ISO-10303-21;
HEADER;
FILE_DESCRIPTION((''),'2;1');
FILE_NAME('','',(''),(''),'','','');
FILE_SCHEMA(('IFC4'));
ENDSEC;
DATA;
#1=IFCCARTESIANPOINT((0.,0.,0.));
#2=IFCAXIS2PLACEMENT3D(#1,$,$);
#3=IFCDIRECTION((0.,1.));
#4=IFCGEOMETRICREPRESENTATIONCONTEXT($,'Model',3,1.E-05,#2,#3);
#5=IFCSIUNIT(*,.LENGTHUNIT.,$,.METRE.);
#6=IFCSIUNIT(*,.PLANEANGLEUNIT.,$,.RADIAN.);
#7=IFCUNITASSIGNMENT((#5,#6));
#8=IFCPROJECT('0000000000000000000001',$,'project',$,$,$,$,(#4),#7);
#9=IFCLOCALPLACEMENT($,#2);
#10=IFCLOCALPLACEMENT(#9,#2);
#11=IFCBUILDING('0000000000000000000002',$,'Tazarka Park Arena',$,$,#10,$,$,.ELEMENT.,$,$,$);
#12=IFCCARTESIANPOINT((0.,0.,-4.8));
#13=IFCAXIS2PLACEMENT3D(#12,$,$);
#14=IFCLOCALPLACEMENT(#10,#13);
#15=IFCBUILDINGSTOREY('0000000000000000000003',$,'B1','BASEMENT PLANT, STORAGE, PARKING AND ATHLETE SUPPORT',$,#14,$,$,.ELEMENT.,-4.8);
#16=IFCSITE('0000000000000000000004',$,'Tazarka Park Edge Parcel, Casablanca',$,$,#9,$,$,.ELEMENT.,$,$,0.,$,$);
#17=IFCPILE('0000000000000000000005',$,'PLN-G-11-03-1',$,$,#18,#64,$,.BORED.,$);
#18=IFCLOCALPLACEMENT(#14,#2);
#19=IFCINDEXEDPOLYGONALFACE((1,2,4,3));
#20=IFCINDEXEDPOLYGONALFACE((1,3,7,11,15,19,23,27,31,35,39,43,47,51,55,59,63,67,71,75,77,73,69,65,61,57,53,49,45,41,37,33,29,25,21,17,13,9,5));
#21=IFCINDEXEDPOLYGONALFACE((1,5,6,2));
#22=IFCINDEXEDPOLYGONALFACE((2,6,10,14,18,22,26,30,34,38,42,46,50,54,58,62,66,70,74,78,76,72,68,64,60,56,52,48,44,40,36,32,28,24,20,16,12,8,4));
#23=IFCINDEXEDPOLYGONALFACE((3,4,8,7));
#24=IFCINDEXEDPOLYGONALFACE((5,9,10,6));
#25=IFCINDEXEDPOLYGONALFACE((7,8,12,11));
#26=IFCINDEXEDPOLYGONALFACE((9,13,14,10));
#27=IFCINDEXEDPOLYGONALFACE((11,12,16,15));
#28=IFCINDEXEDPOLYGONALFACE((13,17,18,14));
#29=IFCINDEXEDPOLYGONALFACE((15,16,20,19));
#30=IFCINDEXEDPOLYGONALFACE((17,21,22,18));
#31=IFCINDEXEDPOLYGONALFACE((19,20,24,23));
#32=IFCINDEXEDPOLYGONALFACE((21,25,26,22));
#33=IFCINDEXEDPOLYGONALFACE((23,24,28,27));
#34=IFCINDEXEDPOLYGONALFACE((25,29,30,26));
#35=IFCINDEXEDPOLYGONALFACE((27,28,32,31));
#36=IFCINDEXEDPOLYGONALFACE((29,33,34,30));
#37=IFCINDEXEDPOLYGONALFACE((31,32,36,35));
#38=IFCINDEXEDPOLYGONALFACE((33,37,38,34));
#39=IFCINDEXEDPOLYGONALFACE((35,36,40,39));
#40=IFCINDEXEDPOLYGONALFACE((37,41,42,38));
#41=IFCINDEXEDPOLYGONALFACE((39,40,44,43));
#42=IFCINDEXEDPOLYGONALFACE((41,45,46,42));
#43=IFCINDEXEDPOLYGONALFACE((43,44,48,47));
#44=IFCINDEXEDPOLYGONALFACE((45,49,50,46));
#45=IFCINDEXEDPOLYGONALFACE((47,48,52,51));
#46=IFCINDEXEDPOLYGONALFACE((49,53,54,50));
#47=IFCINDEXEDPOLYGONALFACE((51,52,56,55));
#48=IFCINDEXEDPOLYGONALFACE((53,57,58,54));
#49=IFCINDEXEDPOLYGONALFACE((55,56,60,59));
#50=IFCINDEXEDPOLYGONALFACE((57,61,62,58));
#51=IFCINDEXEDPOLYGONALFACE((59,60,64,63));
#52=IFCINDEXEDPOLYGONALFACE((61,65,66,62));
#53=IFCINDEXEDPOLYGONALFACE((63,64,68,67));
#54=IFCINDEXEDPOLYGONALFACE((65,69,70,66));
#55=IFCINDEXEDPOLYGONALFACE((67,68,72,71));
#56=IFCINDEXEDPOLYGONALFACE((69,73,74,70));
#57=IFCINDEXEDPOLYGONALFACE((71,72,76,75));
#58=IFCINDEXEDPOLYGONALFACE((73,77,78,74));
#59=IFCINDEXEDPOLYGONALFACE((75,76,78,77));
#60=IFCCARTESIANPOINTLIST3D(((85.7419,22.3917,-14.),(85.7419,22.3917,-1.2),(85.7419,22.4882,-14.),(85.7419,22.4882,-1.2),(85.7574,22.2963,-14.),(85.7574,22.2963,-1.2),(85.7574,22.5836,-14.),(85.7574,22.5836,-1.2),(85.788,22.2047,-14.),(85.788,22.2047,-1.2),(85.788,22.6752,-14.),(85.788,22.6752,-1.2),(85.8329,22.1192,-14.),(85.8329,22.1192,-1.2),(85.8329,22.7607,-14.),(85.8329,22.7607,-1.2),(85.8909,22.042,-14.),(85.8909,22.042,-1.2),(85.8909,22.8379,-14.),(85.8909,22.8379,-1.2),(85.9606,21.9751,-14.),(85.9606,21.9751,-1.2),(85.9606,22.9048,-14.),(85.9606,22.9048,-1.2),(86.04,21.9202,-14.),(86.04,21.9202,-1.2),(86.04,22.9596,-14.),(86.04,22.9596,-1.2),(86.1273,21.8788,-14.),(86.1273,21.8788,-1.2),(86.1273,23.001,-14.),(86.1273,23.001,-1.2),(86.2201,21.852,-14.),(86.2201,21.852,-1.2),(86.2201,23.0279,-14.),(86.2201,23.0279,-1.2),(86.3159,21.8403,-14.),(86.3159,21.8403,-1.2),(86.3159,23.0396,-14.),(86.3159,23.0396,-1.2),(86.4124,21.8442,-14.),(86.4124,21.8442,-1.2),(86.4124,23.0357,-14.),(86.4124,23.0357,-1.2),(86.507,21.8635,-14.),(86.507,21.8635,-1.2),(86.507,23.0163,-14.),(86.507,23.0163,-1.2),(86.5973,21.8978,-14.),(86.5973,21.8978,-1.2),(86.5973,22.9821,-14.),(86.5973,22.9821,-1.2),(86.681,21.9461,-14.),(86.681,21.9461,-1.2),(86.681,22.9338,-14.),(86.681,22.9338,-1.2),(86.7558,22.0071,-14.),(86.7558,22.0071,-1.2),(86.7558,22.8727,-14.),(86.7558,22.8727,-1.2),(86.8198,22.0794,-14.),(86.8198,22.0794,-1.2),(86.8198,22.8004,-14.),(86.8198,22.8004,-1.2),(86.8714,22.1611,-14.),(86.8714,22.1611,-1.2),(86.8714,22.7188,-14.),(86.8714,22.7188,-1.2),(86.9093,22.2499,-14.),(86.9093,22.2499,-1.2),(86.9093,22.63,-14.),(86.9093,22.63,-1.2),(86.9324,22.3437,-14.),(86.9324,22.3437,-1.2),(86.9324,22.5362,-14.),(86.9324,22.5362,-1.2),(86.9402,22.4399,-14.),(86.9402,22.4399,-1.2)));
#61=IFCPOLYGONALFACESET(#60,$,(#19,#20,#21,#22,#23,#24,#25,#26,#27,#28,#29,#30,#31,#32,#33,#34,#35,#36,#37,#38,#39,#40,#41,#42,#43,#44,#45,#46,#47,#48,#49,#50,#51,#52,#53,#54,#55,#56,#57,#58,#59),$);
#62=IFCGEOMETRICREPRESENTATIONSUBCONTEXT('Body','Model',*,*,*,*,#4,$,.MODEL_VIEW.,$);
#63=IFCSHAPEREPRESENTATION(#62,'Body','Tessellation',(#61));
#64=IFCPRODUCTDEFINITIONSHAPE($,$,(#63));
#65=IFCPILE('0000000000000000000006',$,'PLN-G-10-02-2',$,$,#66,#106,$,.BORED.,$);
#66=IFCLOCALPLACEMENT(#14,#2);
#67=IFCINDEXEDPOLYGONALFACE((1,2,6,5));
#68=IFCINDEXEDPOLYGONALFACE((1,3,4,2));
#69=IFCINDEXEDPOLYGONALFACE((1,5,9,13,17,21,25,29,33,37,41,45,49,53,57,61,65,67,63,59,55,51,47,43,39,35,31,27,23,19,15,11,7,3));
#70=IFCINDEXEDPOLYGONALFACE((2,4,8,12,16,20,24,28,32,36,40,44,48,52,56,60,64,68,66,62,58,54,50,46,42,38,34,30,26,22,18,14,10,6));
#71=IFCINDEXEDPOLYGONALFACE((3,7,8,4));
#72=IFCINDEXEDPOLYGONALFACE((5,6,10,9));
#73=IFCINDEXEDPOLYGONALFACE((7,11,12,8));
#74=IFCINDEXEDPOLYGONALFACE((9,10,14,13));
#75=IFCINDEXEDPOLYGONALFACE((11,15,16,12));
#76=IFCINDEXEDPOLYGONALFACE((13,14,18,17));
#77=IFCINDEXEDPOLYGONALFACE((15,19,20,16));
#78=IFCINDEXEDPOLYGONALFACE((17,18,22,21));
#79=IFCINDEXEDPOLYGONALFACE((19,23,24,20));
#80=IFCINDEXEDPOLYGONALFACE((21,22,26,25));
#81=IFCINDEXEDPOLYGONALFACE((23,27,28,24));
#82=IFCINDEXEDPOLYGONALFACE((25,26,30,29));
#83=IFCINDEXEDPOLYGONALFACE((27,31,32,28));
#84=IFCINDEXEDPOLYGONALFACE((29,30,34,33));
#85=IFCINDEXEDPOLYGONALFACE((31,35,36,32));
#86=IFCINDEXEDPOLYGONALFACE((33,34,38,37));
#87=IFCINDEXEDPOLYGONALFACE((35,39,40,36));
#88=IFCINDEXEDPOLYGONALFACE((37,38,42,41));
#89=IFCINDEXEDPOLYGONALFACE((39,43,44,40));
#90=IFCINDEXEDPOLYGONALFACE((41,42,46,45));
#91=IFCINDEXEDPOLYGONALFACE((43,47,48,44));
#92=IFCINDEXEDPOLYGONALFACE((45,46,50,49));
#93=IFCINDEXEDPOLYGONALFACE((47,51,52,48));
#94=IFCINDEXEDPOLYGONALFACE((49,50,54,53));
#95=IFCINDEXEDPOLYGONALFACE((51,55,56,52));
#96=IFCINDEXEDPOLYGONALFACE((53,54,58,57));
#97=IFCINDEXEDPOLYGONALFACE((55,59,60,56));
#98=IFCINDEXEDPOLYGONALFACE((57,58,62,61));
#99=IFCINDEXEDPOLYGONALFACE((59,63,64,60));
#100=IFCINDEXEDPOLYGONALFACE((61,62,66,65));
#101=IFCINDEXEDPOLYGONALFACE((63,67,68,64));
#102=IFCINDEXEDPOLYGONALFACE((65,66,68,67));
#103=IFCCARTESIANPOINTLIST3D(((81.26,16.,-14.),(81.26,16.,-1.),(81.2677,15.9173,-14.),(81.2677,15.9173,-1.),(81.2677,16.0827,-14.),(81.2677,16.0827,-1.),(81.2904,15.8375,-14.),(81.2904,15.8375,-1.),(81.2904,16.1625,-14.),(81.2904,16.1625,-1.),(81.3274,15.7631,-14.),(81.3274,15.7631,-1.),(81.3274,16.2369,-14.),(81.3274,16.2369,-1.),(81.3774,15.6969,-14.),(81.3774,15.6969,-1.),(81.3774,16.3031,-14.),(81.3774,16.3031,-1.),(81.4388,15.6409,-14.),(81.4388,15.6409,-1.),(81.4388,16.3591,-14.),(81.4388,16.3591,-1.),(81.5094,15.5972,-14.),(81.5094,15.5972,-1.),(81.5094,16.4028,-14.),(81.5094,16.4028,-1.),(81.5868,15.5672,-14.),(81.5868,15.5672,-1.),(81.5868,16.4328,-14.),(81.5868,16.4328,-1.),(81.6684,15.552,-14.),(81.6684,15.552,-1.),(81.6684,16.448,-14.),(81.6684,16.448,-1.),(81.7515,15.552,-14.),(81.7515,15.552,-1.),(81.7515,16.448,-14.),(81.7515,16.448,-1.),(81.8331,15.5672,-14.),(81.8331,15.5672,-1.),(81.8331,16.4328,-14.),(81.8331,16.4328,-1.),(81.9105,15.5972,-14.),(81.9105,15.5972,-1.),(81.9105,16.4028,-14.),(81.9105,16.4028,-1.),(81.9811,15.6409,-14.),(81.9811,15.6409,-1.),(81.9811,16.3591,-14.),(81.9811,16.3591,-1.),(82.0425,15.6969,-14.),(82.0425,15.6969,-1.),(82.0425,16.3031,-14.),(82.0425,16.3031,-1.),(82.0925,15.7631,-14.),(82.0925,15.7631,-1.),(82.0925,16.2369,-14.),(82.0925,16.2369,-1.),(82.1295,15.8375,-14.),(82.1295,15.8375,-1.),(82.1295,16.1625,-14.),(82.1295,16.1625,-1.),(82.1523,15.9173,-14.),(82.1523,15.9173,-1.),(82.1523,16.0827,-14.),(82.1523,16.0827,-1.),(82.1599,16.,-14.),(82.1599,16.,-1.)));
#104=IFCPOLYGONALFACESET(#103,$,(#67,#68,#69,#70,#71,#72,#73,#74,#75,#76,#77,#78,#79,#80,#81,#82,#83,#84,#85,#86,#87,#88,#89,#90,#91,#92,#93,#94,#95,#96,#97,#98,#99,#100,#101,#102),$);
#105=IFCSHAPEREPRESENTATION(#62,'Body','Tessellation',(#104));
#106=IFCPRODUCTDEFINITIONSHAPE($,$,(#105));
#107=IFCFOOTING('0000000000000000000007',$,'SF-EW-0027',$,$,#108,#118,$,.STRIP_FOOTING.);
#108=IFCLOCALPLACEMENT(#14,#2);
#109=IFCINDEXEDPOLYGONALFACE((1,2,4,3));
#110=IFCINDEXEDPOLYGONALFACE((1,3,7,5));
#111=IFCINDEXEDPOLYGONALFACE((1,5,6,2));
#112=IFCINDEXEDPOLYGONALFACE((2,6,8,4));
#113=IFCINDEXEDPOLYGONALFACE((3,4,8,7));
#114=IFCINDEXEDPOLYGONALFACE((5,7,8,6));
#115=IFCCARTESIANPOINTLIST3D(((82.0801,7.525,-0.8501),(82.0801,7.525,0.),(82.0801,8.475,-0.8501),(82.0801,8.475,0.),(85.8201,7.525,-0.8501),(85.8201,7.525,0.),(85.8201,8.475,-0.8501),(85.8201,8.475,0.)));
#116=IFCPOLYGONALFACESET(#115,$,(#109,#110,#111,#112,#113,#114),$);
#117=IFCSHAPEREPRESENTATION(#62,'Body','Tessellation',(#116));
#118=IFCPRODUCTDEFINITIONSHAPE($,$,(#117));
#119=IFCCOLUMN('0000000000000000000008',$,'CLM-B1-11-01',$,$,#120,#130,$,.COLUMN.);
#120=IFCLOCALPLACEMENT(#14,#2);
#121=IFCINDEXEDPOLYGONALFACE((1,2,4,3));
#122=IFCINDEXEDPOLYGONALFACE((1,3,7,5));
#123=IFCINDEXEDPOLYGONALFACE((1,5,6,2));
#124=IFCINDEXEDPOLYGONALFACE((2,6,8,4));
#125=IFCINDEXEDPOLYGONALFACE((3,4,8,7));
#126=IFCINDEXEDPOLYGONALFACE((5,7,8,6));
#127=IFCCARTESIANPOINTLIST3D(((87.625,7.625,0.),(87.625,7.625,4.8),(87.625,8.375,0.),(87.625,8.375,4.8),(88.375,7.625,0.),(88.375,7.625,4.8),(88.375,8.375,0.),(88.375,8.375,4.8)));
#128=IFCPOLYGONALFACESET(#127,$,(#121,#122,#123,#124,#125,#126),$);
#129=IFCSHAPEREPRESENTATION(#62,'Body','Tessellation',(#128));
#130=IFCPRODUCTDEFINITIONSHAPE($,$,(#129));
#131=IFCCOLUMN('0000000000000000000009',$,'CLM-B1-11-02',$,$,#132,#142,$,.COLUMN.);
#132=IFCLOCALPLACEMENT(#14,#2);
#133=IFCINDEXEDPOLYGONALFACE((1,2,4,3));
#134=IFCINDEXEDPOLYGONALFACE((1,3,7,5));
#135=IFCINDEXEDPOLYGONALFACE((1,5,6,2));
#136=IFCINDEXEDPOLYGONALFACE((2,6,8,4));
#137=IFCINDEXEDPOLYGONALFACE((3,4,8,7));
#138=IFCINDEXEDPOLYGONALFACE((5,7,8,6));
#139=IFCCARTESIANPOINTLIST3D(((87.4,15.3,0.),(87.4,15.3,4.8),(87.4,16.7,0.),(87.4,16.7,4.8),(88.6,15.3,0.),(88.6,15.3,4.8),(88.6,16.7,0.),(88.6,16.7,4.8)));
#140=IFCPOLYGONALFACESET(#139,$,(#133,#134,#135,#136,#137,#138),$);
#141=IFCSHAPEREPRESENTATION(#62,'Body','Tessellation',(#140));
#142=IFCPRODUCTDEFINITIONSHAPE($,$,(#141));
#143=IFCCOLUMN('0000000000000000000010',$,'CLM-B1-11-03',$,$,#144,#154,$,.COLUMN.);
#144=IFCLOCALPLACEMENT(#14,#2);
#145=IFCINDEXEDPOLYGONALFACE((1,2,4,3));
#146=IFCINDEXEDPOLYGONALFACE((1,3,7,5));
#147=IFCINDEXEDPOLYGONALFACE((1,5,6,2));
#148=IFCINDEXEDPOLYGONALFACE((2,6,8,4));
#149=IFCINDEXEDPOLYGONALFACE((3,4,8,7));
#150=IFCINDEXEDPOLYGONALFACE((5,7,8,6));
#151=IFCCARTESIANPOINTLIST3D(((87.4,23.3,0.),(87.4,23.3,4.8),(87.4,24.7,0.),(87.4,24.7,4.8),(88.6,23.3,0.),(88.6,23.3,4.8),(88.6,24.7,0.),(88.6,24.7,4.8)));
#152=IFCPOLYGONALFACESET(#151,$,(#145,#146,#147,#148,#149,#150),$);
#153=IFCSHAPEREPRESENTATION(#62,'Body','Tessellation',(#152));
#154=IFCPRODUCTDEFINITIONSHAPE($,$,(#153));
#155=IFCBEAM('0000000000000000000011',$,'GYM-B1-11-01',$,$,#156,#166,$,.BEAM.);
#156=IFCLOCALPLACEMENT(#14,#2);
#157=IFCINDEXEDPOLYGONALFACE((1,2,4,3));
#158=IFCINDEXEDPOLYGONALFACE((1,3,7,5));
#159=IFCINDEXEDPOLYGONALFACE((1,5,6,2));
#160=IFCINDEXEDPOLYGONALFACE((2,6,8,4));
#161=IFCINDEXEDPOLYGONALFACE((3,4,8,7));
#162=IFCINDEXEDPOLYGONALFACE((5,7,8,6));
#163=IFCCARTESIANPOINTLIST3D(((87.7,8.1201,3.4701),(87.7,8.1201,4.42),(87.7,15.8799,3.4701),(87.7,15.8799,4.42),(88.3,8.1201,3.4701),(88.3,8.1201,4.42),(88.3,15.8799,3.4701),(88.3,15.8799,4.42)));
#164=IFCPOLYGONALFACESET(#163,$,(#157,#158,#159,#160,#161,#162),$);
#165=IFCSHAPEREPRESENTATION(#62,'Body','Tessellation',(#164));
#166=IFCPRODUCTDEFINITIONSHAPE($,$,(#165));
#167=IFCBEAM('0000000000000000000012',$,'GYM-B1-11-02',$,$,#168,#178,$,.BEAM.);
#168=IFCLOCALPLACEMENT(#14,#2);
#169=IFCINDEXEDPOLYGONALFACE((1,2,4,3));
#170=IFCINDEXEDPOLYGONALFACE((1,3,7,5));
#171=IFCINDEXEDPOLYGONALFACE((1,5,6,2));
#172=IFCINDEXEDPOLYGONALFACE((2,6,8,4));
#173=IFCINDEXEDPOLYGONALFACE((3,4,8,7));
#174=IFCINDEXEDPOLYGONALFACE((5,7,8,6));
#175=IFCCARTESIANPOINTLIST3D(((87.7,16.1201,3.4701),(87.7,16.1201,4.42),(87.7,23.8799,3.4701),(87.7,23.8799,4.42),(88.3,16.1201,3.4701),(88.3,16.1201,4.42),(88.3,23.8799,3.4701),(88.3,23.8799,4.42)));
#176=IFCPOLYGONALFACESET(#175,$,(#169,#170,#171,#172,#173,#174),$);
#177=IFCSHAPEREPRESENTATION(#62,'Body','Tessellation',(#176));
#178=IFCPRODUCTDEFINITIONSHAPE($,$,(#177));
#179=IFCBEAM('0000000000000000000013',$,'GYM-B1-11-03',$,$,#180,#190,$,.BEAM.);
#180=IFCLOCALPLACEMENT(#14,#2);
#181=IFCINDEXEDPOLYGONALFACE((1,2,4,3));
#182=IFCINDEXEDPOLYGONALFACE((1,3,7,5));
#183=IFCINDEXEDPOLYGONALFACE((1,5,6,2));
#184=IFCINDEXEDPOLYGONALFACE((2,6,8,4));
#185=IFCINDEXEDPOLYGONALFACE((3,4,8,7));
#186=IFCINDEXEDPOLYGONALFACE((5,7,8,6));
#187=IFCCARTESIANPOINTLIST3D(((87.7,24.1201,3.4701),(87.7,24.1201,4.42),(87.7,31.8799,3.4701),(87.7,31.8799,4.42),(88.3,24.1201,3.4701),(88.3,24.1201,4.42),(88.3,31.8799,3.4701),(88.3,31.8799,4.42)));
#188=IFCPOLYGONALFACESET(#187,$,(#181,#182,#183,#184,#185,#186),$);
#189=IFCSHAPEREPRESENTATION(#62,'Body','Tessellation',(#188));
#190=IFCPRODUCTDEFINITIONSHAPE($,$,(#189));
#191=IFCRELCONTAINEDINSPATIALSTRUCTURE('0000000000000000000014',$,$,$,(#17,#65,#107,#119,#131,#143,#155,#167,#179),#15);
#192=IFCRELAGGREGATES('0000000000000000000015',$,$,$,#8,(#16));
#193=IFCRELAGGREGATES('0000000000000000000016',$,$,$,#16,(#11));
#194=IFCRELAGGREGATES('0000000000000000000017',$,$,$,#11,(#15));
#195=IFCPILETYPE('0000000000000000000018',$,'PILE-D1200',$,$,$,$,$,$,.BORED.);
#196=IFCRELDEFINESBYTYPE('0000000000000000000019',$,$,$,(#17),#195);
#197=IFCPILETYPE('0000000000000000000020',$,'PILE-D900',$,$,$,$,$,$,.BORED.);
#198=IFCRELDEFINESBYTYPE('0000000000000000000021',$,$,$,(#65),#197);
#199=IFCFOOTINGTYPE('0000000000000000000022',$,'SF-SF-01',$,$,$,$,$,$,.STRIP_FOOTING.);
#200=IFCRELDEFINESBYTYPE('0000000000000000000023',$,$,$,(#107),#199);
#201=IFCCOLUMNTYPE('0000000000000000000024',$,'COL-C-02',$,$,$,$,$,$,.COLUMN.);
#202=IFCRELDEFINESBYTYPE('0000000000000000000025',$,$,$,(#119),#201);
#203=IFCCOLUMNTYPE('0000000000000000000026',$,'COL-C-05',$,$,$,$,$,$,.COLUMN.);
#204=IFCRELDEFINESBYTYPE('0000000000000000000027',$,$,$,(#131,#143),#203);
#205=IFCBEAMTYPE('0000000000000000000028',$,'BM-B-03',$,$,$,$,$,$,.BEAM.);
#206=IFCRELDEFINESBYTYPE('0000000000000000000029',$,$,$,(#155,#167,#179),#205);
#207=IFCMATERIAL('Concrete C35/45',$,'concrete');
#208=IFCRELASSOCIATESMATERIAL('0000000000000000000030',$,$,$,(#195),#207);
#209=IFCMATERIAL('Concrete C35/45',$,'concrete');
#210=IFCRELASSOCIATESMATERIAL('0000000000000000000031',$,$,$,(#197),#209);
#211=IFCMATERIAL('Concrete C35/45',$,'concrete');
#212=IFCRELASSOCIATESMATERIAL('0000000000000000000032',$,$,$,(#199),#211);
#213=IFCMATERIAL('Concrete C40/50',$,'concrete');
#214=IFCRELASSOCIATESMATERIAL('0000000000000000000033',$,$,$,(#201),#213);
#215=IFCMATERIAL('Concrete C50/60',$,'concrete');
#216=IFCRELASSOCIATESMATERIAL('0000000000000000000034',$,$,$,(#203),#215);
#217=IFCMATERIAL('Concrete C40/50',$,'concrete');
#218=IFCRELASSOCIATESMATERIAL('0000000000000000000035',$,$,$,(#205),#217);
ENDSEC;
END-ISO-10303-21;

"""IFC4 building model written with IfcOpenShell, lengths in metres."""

from ifc_helpers import new_model, si_unit, direction, frame, origin, origin_2d, place, context, subcontext, project, spatial, rectangle, circle, extrude, material, material_profile, profile_set, type_object, element, save


model = new_model("IFC4")

# Units and contexts
model_context = context("Model", 3, precision=1e-05, world=origin(), true_north=direction((0.0, 1.0)))
body_context = subcontext(model_context, "Body", "Model", "MODEL_VIEW")
ifc_project = project(units=[si_unit("LENGTHUNIT", "METRE"), si_unit("PLANEANGLEUNIT", "RADIAN")], contexts=[model_context])

# Site, building, storey
site_placement = place(None, origin())
site = spatial("IfcSite", under=ifc_project, at=site_placement, Name="Tazarka Park Edge Parcel, Casablanca", CompositionType="ELEMENT", RefElevation=0.0)
building_placement = place(site_placement, origin())
building = spatial("IfcBuilding", under=site, at=building_placement, Name="Tazarka Park Arena", CompositionType="ELEMENT")
storey_placement = place(building_placement, frame((0.0, 0.0, -4.8)))
storey = spatial("IfcBuildingStorey", under=building, at=storey_placement, Name="B1", Description="BASEMENT PLANT, STORAGE, PARKING AND ATHLETE SUPPORT", CompositionType="ELEMENT", Elevation=-4.8)

# Piles
ifc_material_1 = material(Name="Concrete C35/45", Category="concrete")
ifc_material_profile_1 = material_profile(ifc_material_1, circle(Radius=0.6001, at=origin_2d()), Name="Concrete C35/45")
ifc_profile_set_1 = profile_set([ifc_material_profile_1], Name="Concrete C35/45")
pile_type_1 = type_object("IfcPileType", Name="PILE-D1200", PredefinedType="BORED", material=ifc_profile_set_1)
pile_1_placement = place(storey_placement, frame((86.3401, 22.4399, -1.2), z_axis=(0.0, 0.0, -1.0), x_axis=(1.0, 0.0, 0.0)))
element("IfcPile", 1, at=pile_1_placement, inside=storey, type_object=pile_type_1, Name="PLN-G-11-03-1", PredefinedType="BORED", context=body_context, shape_type="SweptSolid", body=[
    extrude(circle(Radius=0.6001, at=origin_2d()), origin(), (0.0, 0.0, 1.0), 12.8),
])
ifc_material_2 = material(Name="Concrete C35/45", Category="concrete")
ifc_material_profile_2 = material_profile(ifc_material_2, circle(Radius=0.45, at=origin_2d()), Name="Concrete C35/45")
ifc_profile_set_2 = profile_set([ifc_material_profile_2], Name="Concrete C35/45")
pile_type_2 = type_object("IfcPileType", Name="PILE-D900", PredefinedType="BORED", material=ifc_profile_set_2)
pile_2_placement = place(storey_placement, frame((81.71, 16.0, -1.0), z_axis=(0.0, 0.0, -1.0), x_axis=(1.0, 0.0, 0.0)))
element("IfcPile", 2, at=pile_2_placement, inside=storey, type_object=pile_type_2, Name="PLN-G-10-02-2", PredefinedType="BORED", context=body_context, shape_type="SweptSolid", body=[
    extrude(circle(Radius=0.45, at=origin_2d()), origin(), (0.0, 0.0, 1.0), 13.0),
])

# Footing
ifc_material_3 = material(Name="Concrete C35/45", Category="concrete")
ifc_material_profile_3 = material_profile(ifc_material_3, rectangle(XDim=0.95, YDim=0.8501, at=origin_2d()), Name="Concrete C35/45")
ifc_profile_set_3 = profile_set([ifc_material_profile_3], Name="Concrete C35/45")
footing_type_1 = type_object("IfcFootingType", Name="SF-SF-01", PredefinedType="STRIP_FOOTING", material=ifc_profile_set_3)
footing_1_placement = place(storey_placement, frame((85.8201, 8.0, -0.425), z_axis=(-1.0, 0.0, 0.0), x_axis=(0.0, -1.0, 0.0)))
element("IfcFooting", 3, at=footing_1_placement, inside=storey, type_object=footing_type_1, Name="SF-EW-0027", PredefinedType="STRIP_FOOTING", context=body_context, shape_type="SweptSolid", body=[
    extrude(rectangle(XDim=0.95, YDim=0.8501, at=origin_2d()), origin(), (0.0, 0.0, 1.0), 3.74),
])

# Columns
ifc_material_4 = material(Name="Concrete C40/50", Category="concrete")
ifc_material_profile_4 = material_profile(ifc_material_4, rectangle(XDim=0.75, YDim=0.75, at=origin_2d()), Name="Concrete C40/50")
ifc_profile_set_4 = profile_set([ifc_material_profile_4], Name="Concrete C40/50")
column_type_1 = type_object("IfcColumnType", Name="COL-C-02", PredefinedType="COLUMN", material=ifc_profile_set_4)
column_placement = place(storey_placement, frame((88.0, 8.0, 0.0), z_axis=(0.0, 0.0, 1.0), x_axis=(1.0, 0.0, 0.0)))
element("IfcColumn", 4, at=column_placement, inside=storey, type_object=column_type_1, Name="CLM-B1-11-01", PredefinedType="COLUMN", context=body_context, shape_type="SweptSolid", body=[
    extrude(rectangle(XDim=0.75, YDim=0.75, at=origin_2d()), origin(), (0.0, 0.0, 1.0), 4.8),
])
ifc_material_5 = material(Name="Concrete C50/60", Category="concrete")
ifc_material_profile_5 = material_profile(ifc_material_5, rectangle(XDim=1.2, YDim=1.3999, at=origin_2d()), Name="Concrete C50/60")
ifc_profile_set_5 = profile_set([ifc_material_profile_5], Name="Concrete C50/60")
column_type_2 = type_object("IfcColumnType", Name="COL-C-05", PredefinedType="COLUMN", material=ifc_profile_set_5)
for number, where, z_axis, x_axis, name in (
    (5, (88.0, 16.0, 0.0), (0.0, 0.0, 1.0), (1.0, 0.0, 0.0), "CLM-B1-11-02"),
    (6, (88.0, 24.0, 0.0), (0.0, 0.0, 1.0), (1.0, 0.0, 0.0), "CLM-B1-11-03"),
):
    element("IfcColumn", number, at=place(storey_placement, frame(where, z_axis=z_axis, x_axis=x_axis)), inside=storey, type_object=column_type_2, Name=name, PredefinedType="COLUMN", context=body_context, shape_type="SweptSolid", body=[
        extrude(rectangle(XDim=1.2, YDim=1.3999, at=origin_2d()), origin(), (0.0, 0.0, 1.0), 4.8),
    ])

# Beams
ifc_material_6 = material(Name="Concrete C40/50", Category="concrete")
ifc_material_profile_6 = material_profile(ifc_material_6, rectangle(XDim=0.6001, YDim=0.95, at=origin_2d()), Name="Concrete C40/50")
ifc_profile_set_6 = profile_set([ifc_material_profile_6], Name="Concrete C40/50")
beam_type_1 = type_object("IfcBeamType", Name="BM-B-03", PredefinedType="BEAM", material=ifc_profile_set_6)
for number, where, z_axis, x_axis, name in (
    (7, (88.0, 8.1201, 3.9451), (0.0, 1.0, 0.0), (-1.0, 0.0, 0.0), "GYM-B1-11-01"),
    (8, (88.0, 16.1201, 3.9451), (0.0, 1.0, 0.0), (-1.0, 0.0, 0.0), "GYM-B1-11-02"),
    (9, (88.0, 24.1201, 3.9451), (0.0, 1.0, 0.0), (-1.0, 0.0, 0.0), "GYM-B1-11-03"),
):
    element("IfcBeam", number, at=place(storey_placement, frame(where, z_axis=z_axis, x_axis=x_axis)), inside=storey, type_object=beam_type_1, Name=name, PredefinedType="BEAM", context=body_context, shape_type="SweptSolid", body=[
        extrude(rectangle(XDim=0.6001, YDim=0.95, at=origin_2d()), origin(), (0.0, 0.0, 1.0), 7.7598),
    ])

save(model, "model.ifc")
